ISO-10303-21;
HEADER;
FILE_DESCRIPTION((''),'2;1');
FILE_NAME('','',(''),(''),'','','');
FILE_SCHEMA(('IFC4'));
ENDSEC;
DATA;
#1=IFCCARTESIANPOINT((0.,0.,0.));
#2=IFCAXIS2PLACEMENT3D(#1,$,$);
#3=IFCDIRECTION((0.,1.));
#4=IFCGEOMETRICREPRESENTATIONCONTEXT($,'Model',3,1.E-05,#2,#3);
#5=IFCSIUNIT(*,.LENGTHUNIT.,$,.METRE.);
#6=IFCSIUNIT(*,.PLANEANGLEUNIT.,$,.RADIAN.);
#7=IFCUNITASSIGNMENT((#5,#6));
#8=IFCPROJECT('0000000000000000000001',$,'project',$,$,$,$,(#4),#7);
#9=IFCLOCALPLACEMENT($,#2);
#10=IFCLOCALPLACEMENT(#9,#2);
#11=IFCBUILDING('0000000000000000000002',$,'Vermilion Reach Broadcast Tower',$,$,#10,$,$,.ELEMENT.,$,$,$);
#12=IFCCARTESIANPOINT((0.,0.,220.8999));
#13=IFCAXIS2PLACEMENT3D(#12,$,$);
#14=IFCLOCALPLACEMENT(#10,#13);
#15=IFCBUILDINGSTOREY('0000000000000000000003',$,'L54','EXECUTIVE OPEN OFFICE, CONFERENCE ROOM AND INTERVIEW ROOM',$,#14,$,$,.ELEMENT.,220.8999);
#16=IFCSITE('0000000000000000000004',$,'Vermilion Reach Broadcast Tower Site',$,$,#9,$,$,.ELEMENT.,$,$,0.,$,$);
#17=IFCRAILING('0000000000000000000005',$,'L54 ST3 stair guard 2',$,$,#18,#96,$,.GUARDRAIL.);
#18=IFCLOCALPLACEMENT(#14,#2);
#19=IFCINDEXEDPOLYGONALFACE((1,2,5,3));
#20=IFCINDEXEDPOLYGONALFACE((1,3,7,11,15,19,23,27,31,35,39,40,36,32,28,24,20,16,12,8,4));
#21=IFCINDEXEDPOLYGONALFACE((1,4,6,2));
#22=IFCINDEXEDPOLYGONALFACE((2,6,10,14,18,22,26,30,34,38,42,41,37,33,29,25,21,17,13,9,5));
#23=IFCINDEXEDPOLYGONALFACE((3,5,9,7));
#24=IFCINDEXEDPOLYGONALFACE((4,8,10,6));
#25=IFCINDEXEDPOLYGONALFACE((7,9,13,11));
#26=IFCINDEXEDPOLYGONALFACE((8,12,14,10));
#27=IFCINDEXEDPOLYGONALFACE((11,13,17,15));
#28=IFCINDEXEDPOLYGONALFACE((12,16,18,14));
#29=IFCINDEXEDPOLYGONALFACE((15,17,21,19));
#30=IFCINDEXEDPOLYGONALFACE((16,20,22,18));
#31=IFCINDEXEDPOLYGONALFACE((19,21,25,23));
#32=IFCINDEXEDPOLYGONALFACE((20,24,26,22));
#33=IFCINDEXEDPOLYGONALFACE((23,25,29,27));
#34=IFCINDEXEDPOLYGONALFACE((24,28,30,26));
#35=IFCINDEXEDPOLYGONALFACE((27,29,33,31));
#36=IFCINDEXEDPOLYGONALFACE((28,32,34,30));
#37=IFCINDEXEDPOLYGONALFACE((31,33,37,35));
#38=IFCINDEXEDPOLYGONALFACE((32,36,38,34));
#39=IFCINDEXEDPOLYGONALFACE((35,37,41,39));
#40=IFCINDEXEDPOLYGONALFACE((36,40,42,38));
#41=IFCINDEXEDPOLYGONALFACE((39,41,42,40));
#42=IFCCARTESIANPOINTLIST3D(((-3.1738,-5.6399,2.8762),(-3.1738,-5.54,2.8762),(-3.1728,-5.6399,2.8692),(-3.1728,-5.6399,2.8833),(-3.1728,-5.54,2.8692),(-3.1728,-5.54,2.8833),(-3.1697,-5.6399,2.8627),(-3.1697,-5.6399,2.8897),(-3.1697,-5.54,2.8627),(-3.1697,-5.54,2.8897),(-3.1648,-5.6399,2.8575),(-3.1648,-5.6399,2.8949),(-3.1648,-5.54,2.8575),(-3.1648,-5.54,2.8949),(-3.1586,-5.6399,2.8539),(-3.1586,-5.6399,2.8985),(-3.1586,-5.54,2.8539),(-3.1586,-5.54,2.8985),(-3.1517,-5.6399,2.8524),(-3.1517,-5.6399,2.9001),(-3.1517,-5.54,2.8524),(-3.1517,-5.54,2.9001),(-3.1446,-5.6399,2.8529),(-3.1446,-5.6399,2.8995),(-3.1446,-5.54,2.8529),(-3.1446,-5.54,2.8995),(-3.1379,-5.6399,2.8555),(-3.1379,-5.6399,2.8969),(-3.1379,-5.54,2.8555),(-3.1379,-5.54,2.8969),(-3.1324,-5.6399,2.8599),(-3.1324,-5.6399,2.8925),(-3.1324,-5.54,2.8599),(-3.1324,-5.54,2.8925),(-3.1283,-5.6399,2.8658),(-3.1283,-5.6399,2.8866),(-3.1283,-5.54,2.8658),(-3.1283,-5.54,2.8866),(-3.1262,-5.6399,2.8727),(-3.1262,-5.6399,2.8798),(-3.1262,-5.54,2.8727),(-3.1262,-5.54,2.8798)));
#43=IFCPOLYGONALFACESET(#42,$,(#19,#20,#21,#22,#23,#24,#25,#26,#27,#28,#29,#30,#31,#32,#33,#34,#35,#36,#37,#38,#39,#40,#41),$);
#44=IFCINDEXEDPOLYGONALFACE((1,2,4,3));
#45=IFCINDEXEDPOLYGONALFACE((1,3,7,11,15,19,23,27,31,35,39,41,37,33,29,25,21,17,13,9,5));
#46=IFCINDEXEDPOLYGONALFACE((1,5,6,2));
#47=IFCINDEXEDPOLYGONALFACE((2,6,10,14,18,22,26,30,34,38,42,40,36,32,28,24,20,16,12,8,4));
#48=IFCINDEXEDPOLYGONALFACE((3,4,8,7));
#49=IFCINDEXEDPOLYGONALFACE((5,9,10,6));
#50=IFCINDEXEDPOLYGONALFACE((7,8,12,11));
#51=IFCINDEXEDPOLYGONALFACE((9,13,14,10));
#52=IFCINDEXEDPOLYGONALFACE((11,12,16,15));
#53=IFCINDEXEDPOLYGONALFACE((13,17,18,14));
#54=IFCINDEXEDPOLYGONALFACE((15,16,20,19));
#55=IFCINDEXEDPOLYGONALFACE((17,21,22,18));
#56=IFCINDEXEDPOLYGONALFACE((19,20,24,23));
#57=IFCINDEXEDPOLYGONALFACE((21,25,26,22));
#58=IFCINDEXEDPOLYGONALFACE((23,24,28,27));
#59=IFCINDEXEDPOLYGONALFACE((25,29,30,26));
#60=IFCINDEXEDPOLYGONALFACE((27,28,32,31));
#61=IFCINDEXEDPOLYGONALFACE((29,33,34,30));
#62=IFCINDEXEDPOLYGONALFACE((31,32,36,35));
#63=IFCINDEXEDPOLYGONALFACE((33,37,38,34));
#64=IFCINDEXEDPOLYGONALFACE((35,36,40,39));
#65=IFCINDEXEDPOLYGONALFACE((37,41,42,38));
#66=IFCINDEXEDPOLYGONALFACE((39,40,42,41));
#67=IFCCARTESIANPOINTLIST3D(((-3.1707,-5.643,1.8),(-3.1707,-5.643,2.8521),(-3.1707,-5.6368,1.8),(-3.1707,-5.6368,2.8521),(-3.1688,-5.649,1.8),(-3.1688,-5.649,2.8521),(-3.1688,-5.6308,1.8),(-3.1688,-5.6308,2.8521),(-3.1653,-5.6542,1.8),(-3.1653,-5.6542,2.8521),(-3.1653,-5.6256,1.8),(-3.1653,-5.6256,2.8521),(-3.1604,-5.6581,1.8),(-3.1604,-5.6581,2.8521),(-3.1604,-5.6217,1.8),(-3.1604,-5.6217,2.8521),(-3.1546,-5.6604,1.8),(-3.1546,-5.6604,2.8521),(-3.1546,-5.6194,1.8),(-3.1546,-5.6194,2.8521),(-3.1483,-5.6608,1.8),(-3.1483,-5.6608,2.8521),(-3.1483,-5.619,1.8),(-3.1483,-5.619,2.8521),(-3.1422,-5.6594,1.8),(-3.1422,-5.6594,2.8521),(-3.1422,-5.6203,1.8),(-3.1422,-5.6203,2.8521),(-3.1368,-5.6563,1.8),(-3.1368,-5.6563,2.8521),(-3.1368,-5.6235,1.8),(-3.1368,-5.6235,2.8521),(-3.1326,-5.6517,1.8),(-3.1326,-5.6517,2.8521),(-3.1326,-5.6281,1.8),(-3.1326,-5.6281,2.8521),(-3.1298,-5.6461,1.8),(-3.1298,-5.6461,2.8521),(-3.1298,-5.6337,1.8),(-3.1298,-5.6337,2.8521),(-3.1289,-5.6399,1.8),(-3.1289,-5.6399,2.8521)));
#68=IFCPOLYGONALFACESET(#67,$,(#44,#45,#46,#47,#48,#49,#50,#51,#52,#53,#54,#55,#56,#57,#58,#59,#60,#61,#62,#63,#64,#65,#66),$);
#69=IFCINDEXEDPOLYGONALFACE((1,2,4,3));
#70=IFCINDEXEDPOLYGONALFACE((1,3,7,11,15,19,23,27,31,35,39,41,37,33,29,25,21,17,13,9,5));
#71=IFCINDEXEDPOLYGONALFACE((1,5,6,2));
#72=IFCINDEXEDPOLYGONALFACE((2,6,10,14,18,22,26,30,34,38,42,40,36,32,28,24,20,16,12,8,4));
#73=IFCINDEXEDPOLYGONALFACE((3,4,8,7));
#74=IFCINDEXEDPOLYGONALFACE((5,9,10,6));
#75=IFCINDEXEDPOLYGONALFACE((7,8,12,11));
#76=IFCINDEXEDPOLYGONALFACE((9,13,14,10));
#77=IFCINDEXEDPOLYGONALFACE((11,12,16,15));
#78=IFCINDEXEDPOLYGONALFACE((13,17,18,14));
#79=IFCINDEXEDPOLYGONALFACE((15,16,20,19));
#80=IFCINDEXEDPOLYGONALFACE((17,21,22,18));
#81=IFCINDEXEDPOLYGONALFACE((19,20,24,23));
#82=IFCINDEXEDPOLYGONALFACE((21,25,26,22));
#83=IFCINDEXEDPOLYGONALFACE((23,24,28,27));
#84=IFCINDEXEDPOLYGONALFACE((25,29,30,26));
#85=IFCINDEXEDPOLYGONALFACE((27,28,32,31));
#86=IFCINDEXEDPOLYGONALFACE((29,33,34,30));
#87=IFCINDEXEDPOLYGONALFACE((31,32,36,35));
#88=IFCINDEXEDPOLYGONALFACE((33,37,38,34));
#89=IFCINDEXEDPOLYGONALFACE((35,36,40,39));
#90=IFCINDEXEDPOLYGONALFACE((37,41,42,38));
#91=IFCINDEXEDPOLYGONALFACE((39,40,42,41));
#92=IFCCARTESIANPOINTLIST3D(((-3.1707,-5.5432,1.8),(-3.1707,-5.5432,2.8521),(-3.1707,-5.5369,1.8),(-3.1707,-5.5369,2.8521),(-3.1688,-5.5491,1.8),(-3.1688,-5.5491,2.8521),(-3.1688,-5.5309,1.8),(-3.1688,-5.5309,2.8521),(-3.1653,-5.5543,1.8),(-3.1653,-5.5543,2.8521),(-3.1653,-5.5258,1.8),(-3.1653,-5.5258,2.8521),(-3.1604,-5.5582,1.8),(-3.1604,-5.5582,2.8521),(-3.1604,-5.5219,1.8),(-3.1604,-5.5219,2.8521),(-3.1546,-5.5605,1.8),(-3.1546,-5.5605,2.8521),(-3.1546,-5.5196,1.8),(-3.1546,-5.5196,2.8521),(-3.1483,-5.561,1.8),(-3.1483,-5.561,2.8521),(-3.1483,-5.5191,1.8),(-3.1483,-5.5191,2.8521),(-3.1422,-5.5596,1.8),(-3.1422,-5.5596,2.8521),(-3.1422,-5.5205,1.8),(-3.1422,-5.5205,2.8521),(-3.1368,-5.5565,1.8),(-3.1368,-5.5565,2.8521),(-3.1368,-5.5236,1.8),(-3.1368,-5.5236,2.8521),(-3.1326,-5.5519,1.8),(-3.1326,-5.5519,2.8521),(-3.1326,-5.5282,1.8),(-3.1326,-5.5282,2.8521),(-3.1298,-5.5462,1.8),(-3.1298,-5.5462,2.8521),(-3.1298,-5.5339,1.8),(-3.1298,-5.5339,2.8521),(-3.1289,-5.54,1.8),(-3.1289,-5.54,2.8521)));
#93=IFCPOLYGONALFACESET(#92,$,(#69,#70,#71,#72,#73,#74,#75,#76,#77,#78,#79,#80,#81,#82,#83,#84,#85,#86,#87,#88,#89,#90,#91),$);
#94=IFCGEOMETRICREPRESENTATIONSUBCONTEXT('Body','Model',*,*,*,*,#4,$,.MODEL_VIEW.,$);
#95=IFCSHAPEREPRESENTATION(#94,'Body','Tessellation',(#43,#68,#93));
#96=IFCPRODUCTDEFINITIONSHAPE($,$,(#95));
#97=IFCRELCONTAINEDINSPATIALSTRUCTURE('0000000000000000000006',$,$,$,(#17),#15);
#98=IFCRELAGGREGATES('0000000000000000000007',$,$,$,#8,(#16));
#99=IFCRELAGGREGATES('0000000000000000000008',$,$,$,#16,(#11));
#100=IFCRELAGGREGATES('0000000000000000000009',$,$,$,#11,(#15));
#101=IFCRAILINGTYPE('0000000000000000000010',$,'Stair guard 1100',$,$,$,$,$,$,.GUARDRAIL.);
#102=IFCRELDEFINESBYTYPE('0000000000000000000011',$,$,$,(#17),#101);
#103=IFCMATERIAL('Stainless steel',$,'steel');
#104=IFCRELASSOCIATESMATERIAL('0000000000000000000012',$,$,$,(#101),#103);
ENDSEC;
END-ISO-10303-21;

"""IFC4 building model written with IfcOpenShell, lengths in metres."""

from ifc_helpers import new_model, si_unit, direction, frame, origin, origin_2d, place, context, subcontext, project, spatial, circle, extrude, material, type_object, element, save


model = new_model("IFC4")

# Units and contexts
model_context = context("Model", 3, precision=1e-05, world=origin(), true_north=direction((0.0, 1.0)))
body_context = subcontext(model_context, "Body", "Model", "MODEL_VIEW")
ifc_project = project(units=[si_unit("LENGTHUNIT", "METRE"), si_unit("PLANEANGLEUNIT", "RADIAN")], contexts=[model_context])

# Site, building, storey
site_placement = place(None, origin())
site = spatial("IfcSite", under=ifc_project, at=site_placement, Name="Vermilion Reach Broadcast Tower Site", CompositionType="ELEMENT", RefElevation=0.0)
building_placement = place(site_placement, origin())
building = spatial("IfcBuilding", under=site, at=building_placement, Name="Vermilion Reach Broadcast Tower", CompositionType="ELEMENT")
storey_placement = place(building_placement, frame((0.0, 0.0, 220.8999)))
storey = spatial("IfcBuildingStorey", under=building, at=storey_placement, Name="L54", Description="EXECUTIVE OPEN OFFICE, CONFERENCE ROOM AND INTERVIEW ROOM", CompositionType="ELEMENT", Elevation=220.8999)

# Railing
ifc_material_1 = material(Name="Stainless steel", Category="steel")
railing_type_1 = type_object("IfcRailingType", Name="Stair guard 1100", PredefinedType="GUARDRAIL", material=ifc_material_1)
railing_1_placement = place(storey_placement, frame((-3.1499, -5.6399, 1.8)))
element("IfcRailing", 1, at=railing_1_placement, inside=storey, type_object=railing_type_1, Name="L54 ST3 stair guard 2", PredefinedType="GUARDRAIL", context=body_context, shape_type="SweptSolid", body=[
    extrude(circle(Radius=0.0239, at=origin_2d()), frame((0.0, 0.0, 1.0762), z_axis=(0.0, 1.0, 0.0), x_axis=(-1.0, 0.0, 0.0)), (0.0, 0.0, 1.0), 0.0999),
    extrude(circle(Radius=0.021, at=origin_2d()), origin(), (0.0, 0.0, 1.0), 1.052),
    extrude(circle(Radius=0.021, at=origin_2d()), frame((0.0, 0.0999, 0.0)), (0.0, 0.0, 1.0), 1.052),
])

save(model, "model.ifc")
